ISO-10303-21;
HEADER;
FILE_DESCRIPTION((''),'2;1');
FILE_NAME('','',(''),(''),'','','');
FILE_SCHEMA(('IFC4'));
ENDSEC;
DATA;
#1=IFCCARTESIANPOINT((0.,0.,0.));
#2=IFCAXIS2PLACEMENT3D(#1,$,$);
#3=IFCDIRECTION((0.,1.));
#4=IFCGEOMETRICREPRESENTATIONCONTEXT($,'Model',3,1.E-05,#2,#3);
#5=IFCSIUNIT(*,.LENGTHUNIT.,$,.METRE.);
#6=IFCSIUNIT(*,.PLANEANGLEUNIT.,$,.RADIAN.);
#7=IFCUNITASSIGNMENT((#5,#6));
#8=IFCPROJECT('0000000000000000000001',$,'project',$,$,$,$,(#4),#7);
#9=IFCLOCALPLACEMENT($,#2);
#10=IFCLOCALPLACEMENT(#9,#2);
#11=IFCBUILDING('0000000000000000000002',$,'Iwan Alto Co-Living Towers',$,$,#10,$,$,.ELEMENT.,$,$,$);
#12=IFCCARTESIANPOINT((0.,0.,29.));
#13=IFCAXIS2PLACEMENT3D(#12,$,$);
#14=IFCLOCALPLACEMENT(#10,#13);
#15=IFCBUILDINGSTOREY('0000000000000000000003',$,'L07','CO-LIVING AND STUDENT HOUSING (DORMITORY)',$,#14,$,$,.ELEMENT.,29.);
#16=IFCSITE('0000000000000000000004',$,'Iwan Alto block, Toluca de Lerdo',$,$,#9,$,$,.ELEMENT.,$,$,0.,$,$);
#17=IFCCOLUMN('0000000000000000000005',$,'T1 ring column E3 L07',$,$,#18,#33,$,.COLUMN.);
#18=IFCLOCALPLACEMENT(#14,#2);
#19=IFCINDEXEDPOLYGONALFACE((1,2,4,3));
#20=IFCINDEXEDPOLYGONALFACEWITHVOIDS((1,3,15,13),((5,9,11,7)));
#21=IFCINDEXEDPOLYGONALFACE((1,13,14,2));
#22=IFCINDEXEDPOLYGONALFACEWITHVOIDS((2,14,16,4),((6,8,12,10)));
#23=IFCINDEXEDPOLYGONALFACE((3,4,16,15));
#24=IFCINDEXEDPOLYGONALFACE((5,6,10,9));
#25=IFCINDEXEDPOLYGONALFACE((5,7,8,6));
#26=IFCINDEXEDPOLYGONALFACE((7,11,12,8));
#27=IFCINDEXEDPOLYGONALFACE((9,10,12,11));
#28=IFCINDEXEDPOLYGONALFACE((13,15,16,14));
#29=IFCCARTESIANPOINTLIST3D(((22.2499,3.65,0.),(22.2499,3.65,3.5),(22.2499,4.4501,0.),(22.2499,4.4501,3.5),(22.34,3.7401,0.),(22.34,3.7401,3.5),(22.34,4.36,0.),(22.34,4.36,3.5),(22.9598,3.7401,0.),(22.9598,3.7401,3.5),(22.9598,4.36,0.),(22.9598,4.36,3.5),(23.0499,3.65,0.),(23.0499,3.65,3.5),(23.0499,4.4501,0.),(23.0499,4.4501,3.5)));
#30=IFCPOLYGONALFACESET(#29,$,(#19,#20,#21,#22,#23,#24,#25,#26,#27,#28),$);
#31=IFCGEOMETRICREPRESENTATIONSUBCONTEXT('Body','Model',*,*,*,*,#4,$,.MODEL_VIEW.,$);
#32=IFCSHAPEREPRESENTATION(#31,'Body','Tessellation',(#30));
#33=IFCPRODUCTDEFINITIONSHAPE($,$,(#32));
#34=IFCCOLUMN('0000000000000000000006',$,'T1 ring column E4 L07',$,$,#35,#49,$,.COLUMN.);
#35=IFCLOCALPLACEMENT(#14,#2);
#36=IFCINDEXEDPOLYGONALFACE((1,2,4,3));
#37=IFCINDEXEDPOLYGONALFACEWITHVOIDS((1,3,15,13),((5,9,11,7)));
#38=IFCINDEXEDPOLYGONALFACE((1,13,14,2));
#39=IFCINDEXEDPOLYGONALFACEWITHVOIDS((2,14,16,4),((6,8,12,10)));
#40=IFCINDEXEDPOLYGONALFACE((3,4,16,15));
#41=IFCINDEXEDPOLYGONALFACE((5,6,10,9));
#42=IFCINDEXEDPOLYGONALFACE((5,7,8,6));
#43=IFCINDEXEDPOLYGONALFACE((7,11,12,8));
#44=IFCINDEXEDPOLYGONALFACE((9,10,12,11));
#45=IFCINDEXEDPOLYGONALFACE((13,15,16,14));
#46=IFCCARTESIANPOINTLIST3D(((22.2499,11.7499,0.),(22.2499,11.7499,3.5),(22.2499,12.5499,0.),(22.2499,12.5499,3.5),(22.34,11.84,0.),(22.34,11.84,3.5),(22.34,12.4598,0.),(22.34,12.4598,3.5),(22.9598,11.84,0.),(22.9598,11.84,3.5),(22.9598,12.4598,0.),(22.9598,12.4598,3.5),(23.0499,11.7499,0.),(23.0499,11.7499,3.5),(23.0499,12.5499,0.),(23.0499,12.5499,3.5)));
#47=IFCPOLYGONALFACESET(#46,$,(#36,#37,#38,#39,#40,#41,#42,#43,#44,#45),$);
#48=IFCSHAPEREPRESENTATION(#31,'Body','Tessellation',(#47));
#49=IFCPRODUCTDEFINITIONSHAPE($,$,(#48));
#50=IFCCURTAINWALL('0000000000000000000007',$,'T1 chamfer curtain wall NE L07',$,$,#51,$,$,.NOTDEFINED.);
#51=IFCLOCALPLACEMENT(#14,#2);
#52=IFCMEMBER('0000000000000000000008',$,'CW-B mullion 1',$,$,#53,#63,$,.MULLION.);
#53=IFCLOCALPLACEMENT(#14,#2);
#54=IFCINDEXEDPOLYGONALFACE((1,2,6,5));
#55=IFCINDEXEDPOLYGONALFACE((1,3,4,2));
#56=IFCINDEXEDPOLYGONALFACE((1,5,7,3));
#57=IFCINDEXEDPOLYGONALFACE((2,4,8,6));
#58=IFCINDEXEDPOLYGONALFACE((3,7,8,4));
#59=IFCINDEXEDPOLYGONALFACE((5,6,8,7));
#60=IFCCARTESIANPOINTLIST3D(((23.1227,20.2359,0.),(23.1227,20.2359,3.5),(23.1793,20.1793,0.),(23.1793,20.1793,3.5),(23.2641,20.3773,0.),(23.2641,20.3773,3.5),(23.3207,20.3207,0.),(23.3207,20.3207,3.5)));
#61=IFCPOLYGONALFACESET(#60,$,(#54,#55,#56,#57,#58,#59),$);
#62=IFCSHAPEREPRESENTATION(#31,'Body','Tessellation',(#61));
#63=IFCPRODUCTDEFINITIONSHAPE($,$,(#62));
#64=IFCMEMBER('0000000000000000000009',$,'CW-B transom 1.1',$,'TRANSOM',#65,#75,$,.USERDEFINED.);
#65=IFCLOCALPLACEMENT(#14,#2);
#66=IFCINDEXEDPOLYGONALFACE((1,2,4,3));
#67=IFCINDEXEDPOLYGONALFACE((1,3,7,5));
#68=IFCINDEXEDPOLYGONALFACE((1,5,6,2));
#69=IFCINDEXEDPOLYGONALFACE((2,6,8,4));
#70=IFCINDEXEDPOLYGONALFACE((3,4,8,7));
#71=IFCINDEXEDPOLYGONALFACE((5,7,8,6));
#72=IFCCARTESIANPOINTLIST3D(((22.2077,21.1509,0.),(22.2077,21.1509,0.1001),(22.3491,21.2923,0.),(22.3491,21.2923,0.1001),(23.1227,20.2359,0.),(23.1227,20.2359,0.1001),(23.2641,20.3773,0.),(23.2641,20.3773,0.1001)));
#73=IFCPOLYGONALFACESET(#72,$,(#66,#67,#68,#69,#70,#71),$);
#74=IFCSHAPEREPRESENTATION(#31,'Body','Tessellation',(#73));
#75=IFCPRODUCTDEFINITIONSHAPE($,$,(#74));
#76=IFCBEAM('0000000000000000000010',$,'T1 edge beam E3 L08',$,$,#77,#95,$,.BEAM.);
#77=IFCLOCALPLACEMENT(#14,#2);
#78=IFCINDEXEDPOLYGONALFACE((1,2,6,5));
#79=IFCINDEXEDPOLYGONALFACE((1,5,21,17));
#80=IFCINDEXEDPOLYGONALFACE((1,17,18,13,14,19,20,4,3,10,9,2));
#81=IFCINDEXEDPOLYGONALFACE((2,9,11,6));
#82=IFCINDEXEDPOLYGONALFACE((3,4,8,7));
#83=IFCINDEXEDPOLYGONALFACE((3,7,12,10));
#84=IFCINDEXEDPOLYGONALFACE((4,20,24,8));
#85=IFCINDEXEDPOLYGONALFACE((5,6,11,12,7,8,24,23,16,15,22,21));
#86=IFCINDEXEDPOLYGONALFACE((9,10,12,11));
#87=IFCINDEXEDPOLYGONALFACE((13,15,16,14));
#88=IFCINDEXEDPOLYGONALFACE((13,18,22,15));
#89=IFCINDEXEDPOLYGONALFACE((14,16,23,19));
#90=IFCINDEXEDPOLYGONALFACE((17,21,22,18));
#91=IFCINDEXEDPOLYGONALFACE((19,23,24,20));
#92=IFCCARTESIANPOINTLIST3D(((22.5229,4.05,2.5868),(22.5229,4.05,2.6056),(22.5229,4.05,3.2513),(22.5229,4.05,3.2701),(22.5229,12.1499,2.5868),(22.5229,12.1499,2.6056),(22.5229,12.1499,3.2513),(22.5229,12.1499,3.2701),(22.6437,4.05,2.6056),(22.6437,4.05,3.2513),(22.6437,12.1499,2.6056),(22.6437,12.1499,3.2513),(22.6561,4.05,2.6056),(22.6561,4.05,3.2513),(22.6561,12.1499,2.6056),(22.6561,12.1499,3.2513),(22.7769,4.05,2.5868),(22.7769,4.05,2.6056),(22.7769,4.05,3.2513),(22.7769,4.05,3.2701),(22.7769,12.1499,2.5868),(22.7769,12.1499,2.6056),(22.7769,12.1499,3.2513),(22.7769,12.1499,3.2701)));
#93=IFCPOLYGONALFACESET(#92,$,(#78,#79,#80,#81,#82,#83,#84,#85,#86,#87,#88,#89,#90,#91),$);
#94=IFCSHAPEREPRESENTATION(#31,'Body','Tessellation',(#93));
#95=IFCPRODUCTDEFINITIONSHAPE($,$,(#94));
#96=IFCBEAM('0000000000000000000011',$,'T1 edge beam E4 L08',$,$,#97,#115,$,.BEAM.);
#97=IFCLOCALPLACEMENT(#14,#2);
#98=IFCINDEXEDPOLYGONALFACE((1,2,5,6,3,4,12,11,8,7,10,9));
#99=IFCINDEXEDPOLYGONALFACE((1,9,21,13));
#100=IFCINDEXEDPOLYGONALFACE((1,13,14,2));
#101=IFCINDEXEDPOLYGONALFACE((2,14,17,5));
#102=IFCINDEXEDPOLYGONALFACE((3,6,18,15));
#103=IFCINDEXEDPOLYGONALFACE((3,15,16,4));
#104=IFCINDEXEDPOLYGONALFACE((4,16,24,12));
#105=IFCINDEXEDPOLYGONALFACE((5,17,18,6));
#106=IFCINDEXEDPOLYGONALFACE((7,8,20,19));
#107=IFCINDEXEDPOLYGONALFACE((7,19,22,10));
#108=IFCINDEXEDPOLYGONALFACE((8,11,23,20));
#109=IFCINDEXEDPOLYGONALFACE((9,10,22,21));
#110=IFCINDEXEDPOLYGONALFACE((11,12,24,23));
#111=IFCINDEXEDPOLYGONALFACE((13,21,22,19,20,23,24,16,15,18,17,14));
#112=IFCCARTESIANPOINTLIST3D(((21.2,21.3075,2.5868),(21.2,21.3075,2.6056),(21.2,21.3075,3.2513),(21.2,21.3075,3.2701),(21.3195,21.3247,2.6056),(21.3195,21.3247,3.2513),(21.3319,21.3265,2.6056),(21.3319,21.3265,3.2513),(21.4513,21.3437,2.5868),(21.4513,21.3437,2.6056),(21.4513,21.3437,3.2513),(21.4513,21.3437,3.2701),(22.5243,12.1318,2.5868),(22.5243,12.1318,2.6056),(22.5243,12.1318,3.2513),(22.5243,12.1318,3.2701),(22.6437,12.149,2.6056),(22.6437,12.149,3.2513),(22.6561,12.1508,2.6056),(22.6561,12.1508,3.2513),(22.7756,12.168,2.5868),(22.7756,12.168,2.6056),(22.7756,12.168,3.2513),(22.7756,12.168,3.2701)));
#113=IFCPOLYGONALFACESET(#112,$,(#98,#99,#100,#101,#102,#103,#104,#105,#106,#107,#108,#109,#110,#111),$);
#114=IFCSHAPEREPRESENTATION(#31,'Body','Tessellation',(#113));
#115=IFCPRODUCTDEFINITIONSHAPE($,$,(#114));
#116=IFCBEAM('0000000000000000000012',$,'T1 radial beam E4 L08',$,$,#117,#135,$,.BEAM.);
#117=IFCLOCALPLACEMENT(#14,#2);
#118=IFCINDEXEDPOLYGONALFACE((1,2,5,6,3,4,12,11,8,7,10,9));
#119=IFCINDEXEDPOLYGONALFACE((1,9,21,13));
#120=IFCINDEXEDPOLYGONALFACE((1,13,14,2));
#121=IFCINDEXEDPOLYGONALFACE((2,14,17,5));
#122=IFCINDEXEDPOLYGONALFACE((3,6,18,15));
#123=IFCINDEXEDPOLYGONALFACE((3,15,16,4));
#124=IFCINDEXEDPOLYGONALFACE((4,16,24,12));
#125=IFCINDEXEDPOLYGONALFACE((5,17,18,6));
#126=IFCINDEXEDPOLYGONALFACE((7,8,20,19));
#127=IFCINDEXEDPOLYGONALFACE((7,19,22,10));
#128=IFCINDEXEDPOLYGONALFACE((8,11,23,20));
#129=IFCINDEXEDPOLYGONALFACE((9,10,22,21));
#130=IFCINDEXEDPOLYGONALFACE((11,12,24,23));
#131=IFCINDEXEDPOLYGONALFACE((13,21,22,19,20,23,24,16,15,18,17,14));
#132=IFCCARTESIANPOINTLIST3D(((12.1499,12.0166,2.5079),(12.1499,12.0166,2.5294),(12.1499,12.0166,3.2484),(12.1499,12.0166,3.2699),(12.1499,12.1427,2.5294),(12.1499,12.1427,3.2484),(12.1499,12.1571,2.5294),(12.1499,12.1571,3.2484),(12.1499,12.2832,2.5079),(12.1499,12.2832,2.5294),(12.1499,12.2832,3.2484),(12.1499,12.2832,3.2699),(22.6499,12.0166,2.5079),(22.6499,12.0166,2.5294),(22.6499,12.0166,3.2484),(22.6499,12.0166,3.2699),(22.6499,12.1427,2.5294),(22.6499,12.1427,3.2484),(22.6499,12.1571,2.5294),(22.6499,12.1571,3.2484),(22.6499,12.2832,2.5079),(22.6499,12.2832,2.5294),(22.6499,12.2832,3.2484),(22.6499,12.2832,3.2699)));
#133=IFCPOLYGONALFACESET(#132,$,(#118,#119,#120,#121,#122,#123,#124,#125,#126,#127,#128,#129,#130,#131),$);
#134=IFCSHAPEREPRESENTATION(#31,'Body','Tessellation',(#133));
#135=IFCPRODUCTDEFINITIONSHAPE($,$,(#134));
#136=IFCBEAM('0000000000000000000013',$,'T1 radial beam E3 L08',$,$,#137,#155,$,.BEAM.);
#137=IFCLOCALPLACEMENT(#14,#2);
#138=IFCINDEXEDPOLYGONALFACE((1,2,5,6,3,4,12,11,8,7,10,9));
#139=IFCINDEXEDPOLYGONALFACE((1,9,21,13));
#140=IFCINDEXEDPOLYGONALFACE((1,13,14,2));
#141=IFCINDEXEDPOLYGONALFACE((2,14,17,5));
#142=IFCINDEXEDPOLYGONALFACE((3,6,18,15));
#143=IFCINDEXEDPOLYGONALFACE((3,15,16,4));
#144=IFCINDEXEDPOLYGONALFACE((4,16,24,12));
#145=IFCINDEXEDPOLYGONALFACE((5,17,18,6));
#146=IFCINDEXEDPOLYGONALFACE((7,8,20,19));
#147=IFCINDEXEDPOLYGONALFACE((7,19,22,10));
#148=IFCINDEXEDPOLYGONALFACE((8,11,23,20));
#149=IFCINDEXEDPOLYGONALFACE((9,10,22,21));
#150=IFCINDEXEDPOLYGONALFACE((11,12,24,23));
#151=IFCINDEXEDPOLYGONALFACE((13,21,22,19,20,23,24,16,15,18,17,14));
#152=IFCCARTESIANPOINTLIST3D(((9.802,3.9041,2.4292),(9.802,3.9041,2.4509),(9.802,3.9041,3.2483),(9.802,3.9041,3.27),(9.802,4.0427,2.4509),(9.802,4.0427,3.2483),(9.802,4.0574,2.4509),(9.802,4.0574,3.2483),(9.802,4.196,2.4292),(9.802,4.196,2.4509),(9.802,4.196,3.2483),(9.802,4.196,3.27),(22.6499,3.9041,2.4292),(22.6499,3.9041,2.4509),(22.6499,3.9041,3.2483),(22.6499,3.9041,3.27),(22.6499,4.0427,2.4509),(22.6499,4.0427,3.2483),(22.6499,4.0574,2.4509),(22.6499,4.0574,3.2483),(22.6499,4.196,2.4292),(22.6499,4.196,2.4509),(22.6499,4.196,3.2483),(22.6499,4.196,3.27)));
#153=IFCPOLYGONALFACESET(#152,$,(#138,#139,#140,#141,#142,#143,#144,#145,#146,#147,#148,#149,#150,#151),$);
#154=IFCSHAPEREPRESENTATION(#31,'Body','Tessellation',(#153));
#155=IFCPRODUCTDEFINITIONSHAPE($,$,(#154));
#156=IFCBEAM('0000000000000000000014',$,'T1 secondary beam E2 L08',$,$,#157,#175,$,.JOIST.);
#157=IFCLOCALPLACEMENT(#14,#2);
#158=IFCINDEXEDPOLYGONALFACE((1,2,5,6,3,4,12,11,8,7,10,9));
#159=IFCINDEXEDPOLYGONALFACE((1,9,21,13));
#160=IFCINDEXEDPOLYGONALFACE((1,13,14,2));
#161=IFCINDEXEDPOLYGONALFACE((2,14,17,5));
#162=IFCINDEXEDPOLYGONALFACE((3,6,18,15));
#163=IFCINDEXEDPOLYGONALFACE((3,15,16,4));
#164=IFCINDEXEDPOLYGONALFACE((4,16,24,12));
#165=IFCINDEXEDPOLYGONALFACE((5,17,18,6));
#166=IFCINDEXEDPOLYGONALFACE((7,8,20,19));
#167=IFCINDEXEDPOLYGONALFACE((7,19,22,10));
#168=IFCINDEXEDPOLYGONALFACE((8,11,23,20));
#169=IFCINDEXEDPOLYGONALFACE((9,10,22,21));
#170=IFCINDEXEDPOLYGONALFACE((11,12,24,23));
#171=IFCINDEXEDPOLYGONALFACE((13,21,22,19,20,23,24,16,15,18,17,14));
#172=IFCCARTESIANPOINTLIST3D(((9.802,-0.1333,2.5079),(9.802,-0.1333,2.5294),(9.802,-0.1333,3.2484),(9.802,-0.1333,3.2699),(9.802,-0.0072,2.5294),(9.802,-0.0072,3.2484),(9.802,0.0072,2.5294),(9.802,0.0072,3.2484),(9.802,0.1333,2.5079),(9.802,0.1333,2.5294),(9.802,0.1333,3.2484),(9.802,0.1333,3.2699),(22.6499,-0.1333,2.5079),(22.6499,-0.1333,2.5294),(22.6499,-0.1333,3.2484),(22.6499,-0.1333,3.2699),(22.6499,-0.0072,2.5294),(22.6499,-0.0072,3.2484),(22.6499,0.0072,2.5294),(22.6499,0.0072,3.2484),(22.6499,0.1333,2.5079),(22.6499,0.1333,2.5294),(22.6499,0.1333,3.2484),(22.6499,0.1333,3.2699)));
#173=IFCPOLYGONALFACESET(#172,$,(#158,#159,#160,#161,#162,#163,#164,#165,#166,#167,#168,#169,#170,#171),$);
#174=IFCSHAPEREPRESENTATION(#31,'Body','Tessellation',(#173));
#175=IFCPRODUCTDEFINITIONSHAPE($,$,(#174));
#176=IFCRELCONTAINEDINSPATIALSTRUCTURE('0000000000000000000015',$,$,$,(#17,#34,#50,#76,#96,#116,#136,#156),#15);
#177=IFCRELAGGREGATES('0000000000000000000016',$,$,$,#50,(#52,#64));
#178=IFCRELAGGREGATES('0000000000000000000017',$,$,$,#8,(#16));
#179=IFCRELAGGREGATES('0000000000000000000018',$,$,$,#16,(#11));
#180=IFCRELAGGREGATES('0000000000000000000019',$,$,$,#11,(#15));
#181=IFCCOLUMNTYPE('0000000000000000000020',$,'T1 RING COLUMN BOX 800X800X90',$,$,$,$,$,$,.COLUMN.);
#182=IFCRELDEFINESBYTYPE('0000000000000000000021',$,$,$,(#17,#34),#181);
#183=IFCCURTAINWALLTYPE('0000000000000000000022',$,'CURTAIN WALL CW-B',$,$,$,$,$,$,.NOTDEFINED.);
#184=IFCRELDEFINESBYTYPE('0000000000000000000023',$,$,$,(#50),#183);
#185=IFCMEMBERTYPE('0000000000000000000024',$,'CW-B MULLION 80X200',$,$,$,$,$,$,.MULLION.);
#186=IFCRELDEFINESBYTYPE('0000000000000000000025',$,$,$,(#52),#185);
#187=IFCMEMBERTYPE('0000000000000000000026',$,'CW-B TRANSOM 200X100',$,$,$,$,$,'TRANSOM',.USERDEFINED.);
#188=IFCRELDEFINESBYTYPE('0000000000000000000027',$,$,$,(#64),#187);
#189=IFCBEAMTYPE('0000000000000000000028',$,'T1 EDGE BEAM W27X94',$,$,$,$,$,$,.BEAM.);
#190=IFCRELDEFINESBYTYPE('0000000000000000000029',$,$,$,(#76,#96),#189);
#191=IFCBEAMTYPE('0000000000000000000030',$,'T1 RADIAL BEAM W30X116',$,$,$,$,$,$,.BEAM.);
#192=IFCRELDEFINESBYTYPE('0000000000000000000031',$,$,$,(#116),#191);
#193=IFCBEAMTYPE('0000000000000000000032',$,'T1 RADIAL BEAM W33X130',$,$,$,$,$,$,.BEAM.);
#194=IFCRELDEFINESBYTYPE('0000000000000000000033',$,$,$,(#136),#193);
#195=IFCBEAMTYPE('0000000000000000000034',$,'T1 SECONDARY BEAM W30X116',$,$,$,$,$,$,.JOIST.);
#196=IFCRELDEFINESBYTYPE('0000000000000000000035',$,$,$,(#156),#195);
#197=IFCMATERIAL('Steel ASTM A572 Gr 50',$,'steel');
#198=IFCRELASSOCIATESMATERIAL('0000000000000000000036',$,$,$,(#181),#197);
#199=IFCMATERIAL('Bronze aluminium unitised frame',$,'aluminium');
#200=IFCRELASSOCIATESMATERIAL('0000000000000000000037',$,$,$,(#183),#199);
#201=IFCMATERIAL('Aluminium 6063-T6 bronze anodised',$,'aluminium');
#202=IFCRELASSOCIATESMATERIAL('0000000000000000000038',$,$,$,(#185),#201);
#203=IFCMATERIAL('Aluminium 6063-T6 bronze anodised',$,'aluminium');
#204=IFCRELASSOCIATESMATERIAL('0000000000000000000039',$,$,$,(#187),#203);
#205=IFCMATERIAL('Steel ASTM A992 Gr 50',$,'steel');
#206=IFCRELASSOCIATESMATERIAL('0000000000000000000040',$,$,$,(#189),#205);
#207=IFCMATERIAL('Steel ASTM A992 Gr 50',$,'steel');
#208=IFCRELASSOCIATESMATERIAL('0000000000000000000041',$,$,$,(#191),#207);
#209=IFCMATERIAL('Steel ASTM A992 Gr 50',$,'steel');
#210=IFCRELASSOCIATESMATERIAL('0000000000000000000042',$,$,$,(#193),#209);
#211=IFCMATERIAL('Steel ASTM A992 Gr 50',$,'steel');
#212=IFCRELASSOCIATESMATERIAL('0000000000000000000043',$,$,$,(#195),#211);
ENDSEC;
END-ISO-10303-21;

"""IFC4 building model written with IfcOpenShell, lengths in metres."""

from ifc_helpers import new_model, si_unit, direction, frame, origin, origin_2d, place, context, subcontext, project, spatial, rectangle, hollow_rectangle, i_section, extrude, material, material_profile, profile_set, type_object, element, aggregate, save


model = new_model("IFC4")

# Units and contexts
model_context = context("Model", 3, precision=1e-05, world=origin(), true_north=direction((0.0, 1.0)))
body_context = subcontext(model_context, "Body", "Model", "MODEL_VIEW")
ifc_project = project(units=[si_unit("LENGTHUNIT", "METRE"), si_unit("PLANEANGLEUNIT", "RADIAN")], contexts=[model_context])

# Site, building, storey
site_placement = place(None, origin())
site = spatial("IfcSite", under=ifc_project, at=site_placement, Name="Iwan Alto block, Toluca de Lerdo", CompositionType="ELEMENT", RefElevation=0.0)
building_placement = place(site_placement, origin())
building = spatial("IfcBuilding", under=site, at=building_placement, Name="Iwan Alto Co-Living Towers", CompositionType="ELEMENT")
storey_placement = place(building_placement, frame((0.0, 0.0, 29.0)))
storey = spatial("IfcBuildingStorey", under=building, at=storey_placement, Name="L07", Description="CO-LIVING AND STUDENT HOUSING (DORMITORY)", CompositionType="ELEMENT", Elevation=29.0)

# Columns
ifc_material_1 = material(Name="Steel ASTM A572 Gr 50", Category="steel")
ifc_material_profile_1 = material_profile(ifc_material_1, hollow_rectangle(XDim=0.8, YDim=0.8, WallThickness=0.0901, at=origin_2d()), Name="BOX 800X800X90")
ifc_profile_set_1 = profile_set([ifc_material_profile_1], Name="Steel ASTM A572 Gr 50")
column_type = type_object("IfcColumnType", Name="T1 RING COLUMN BOX 800X800X90", PredefinedType="COLUMN", material=ifc_profile_set_1)
for number, where, z_axis, x_axis, name in (
    (1, (22.6499, 4.05, 0.0), (0.0, 0.0, 1.0), (1.0, 0.0, 0.0), "T1 ring column E3 L07"),
    (2, (22.6499, 12.1499, 0.0), (0.0, 0.0, 1.0), (1.0, 0.0, 0.0), "T1 ring column E4 L07"),
):
    element("IfcColumn", number, at=place(storey_placement, frame(where, z_axis=z_axis, x_axis=x_axis)), inside=storey, type_object=column_type, Name=name, PredefinedType="COLUMN", context=body_context, shape_type="SweptSolid", body=[
        extrude(hollow_rectangle(XDim=0.8, YDim=0.8, WallThickness=0.0901, at=origin_2d()), origin(), (0.0, 0.0, 1.0), 3.5),
    ])

# Curtain wall, members
ifc_material_2 = material(Name="Bronze aluminium unitised frame", Category="aluminium")
curtain_wall_type = type_object("IfcCurtainWallType", Name="CURTAIN WALL CW-B", PredefinedType="NOTDEFINED", material=ifc_material_2)
curtain_wall_placement = place(storey_placement, origin())
curtain_wall = element("IfcCurtainWall", 3, at=curtain_wall_placement, inside=storey, type_object=curtain_wall_type, Name="T1 chamfer curtain wall NE L07", PredefinedType="NOTDEFINED")
ifc_material_3 = material(Name="Aluminium 6063-T6 bronze anodised", Category="aluminium")
ifc_material_profile_2 = material_profile(ifc_material_3, rectangle(XDim=0.2, YDim=0.0801, at=origin_2d()), Name="AL 80X200")
ifc_profile_set_2 = profile_set([ifc_material_profile_2], Name="Aluminium 6063-T6 bronze anodised")
member_type_1 = type_object("IfcMemberType", Name="CW-B MULLION 80X200", PredefinedType="MULLION", material=ifc_profile_set_2)
member_1_placement = place(storey_placement, frame((23.2217, 20.2783, 0.0), z_axis=(0.0, 0.0, 1.0), x_axis=(-0.707107, -0.707107, 0.0)))
member_1 = element("IfcMember", 4, at=member_1_placement, type_object=member_type_1, Name="CW-B mullion 1", PredefinedType="MULLION", context=body_context, shape_type="SweptSolid", body=[
    extrude(rectangle(XDim=0.2, YDim=0.0801, at=origin_2d()), origin(), (0.0, 0.0, 1.0), 3.5),
])
ifc_material_4 = material(Name="Aluminium 6063-T6 bronze anodised", Category="aluminium")
ifc_material_profile_3 = material_profile(ifc_material_4, rectangle(XDim=0.2, YDim=0.1001, at=origin_2d()), Name="AL 200X100")
ifc_profile_set_3 = profile_set([ifc_material_profile_3], Name="Aluminium 6063-T6 bronze anodised")
member_type_2 = type_object("IfcMemberType", Name="CW-B TRANSOM 200X100", ElementType="TRANSOM", PredefinedType="USERDEFINED", material=ifc_profile_set_3)
member_2_placement = place(storey_placement, frame((23.1934, 20.3066, 0.05), z_axis=(-0.707107, 0.707107, 0.0), x_axis=(-0.707107, -0.707107, 0.0)))
member_2 = element("IfcMember", 5, at=member_2_placement, type_object=member_type_2, Name="CW-B transom 1.1", ObjectType="TRANSOM", PredefinedType="USERDEFINED", context=body_context, shape_type="SweptSolid", body=[
    extrude(rectangle(XDim=0.2, YDim=0.1001, at=origin_2d()), origin(), (0.0, 0.0, 1.0), 1.2939),
])
aggregate(curtain_wall, [member_1, member_2])

# Beams
ifc_material_5 = material(Name="Steel ASTM A992 Gr 50", Category="steel")
ifc_material_profile_4 = material_profile(ifc_material_5, i_section(OverallWidth=0.2539, OverallDepth=0.6833, WebThickness=0.0125, FlangeThickness=0.0188, at=origin_2d()), Name="W27X94")
ifc_profile_set_4 = profile_set([ifc_material_profile_4], Name="Steel ASTM A992 Gr 50")
beam_type_1 = type_object("IfcBeamType", Name="T1 EDGE BEAM W27X94", PredefinedType="BEAM", material=ifc_profile_set_4)
beam_1_placement = place(storey_placement, frame((22.6499, 4.05, 2.9285), z_axis=(0.0, 1.0, 0.0), x_axis=(-1.0, 0.0, 0.0)))
element("IfcBeam", 6, at=beam_1_placement, inside=storey, type_object=beam_type_1, Name="T1 edge beam E3 L08", PredefinedType="BEAM", context=body_context, shape_type="SweptSolid", body=[
    extrude(i_section(OverallWidth=0.2539, OverallDepth=0.6833, WebThickness=0.0125, FlangeThickness=0.0188, at=origin_2d()), origin(), (0.0, 0.0, 1.0), 8.0999),
])
beam_2_placement = place(storey_placement, frame((22.6499, 12.1499, 2.9285), z_axis=(-0.142837, 0.989746, 0.0), x_axis=(-0.989746, -0.142837, 0.0)))
element("IfcBeam", 7, at=beam_2_placement, inside=storey, type_object=beam_type_1, Name="T1 edge beam E4 L08", PredefinedType="BEAM", context=body_context, shape_type="SweptSolid", body=[
    extrude(i_section(OverallWidth=0.2539, OverallDepth=0.6833, WebThickness=0.0125, FlangeThickness=0.0188, at=origin_2d()), origin(), (0.0, 0.0, 1.0), 9.2708),
])
ifc_material_6 = material(Name="Steel ASTM A992 Gr 50", Category="steel")
ifc_material_profile_5 = material_profile(ifc_material_6, i_section(OverallWidth=0.2666, OverallDepth=0.762, WebThickness=0.0144, FlangeThickness=0.0215, at=origin_2d()), Name="W30X116")
ifc_profile_set_5 = profile_set([ifc_material_profile_5], Name="Steel ASTM A992 Gr 50")
beam_type_2 = type_object("IfcBeamType", Name="T1 RADIAL BEAM W30X116", PredefinedType="BEAM", material=ifc_profile_set_5)
beam_3_placement = place(storey_placement, frame((22.6499, 12.1499, 2.8889), z_axis=(-1.0, 0.0, 0.0), x_axis=(0.0, -1.0, 0.0)))
element("IfcBeam", 8, at=beam_3_placement, inside=storey, type_object=beam_type_2, Name="T1 radial beam E4 L08", PredefinedType="BEAM", context=body_context, shape_type="SweptSolid", body=[
    extrude(i_section(OverallWidth=0.2666, OverallDepth=0.762, WebThickness=0.0144, FlangeThickness=0.0215, at=origin_2d()), origin(), (0.0, 0.0, 1.0), 10.5),
])
ifc_material_7 = material(Name="Steel ASTM A992 Gr 50", Category="steel")
ifc_material_profile_6 = material_profile(ifc_material_7, i_section(OverallWidth=0.292, OverallDepth=0.8408, WebThickness=0.0146, FlangeThickness=0.0217, at=origin_2d()), Name="W33X130")
ifc_profile_set_6 = profile_set([ifc_material_profile_6], Name="Steel ASTM A992 Gr 50")
beam_type_3 = type_object("IfcBeamType", Name="T1 RADIAL BEAM W33X130", PredefinedType="BEAM", material=ifc_profile_set_6)
beam_4_placement = place(storey_placement, frame((22.6499, 4.05, 2.8496), z_axis=(-1.0, 0.0, 0.0), x_axis=(0.0, -1.0, 0.0)))
element("IfcBeam", 9, at=beam_4_placement, inside=storey, type_object=beam_type_3, Name="T1 radial beam E3 L08", PredefinedType="BEAM", context=body_context, shape_type="SweptSolid", body=[
    extrude(i_section(OverallWidth=0.292, OverallDepth=0.8408, WebThickness=0.0146, FlangeThickness=0.0217, at=origin_2d()), origin(), (0.0, 0.0, 1.0), 12.8479),
])
ifc_material_8 = material(Name="Steel ASTM A992 Gr 50", Category="steel")
ifc_material_profile_7 = material_profile(ifc_material_8, i_section(OverallWidth=0.2666, OverallDepth=0.762, WebThickness=0.0144, FlangeThickness=0.0215, at=origin_2d()), Name="W30X116")
ifc_profile_set_7 = profile_set([ifc_material_profile_7], Name="Steel ASTM A992 Gr 50")
beam_type_4 = type_object("IfcBeamType", Name="T1 SECONDARY BEAM W30X116", PredefinedType="JOIST", material=ifc_profile_set_7)
for number, where, z_axis, x_axis, name in (
    (10, (22.6499, 0.0, 2.8889), (-1.0, 0.0, 0.0), (0.0, -1.0, 0.0), "T1 secondary beam E2 L08"),
):
    element("IfcBeam", number, at=place(storey_placement, frame(where, z_axis=z_axis, x_axis=x_axis)), inside=storey, type_object=beam_type_4, Name=name, PredefinedType="JOIST", context=body_context, shape_type="SweptSolid", body=[
        extrude(i_section(OverallWidth=0.2666, OverallDepth=0.762, WebThickness=0.0144, FlangeThickness=0.0215, at=origin_2d()), origin(), (0.0, 0.0, 1.0), 12.8479),
    ])

save(model, "model.ifc")
